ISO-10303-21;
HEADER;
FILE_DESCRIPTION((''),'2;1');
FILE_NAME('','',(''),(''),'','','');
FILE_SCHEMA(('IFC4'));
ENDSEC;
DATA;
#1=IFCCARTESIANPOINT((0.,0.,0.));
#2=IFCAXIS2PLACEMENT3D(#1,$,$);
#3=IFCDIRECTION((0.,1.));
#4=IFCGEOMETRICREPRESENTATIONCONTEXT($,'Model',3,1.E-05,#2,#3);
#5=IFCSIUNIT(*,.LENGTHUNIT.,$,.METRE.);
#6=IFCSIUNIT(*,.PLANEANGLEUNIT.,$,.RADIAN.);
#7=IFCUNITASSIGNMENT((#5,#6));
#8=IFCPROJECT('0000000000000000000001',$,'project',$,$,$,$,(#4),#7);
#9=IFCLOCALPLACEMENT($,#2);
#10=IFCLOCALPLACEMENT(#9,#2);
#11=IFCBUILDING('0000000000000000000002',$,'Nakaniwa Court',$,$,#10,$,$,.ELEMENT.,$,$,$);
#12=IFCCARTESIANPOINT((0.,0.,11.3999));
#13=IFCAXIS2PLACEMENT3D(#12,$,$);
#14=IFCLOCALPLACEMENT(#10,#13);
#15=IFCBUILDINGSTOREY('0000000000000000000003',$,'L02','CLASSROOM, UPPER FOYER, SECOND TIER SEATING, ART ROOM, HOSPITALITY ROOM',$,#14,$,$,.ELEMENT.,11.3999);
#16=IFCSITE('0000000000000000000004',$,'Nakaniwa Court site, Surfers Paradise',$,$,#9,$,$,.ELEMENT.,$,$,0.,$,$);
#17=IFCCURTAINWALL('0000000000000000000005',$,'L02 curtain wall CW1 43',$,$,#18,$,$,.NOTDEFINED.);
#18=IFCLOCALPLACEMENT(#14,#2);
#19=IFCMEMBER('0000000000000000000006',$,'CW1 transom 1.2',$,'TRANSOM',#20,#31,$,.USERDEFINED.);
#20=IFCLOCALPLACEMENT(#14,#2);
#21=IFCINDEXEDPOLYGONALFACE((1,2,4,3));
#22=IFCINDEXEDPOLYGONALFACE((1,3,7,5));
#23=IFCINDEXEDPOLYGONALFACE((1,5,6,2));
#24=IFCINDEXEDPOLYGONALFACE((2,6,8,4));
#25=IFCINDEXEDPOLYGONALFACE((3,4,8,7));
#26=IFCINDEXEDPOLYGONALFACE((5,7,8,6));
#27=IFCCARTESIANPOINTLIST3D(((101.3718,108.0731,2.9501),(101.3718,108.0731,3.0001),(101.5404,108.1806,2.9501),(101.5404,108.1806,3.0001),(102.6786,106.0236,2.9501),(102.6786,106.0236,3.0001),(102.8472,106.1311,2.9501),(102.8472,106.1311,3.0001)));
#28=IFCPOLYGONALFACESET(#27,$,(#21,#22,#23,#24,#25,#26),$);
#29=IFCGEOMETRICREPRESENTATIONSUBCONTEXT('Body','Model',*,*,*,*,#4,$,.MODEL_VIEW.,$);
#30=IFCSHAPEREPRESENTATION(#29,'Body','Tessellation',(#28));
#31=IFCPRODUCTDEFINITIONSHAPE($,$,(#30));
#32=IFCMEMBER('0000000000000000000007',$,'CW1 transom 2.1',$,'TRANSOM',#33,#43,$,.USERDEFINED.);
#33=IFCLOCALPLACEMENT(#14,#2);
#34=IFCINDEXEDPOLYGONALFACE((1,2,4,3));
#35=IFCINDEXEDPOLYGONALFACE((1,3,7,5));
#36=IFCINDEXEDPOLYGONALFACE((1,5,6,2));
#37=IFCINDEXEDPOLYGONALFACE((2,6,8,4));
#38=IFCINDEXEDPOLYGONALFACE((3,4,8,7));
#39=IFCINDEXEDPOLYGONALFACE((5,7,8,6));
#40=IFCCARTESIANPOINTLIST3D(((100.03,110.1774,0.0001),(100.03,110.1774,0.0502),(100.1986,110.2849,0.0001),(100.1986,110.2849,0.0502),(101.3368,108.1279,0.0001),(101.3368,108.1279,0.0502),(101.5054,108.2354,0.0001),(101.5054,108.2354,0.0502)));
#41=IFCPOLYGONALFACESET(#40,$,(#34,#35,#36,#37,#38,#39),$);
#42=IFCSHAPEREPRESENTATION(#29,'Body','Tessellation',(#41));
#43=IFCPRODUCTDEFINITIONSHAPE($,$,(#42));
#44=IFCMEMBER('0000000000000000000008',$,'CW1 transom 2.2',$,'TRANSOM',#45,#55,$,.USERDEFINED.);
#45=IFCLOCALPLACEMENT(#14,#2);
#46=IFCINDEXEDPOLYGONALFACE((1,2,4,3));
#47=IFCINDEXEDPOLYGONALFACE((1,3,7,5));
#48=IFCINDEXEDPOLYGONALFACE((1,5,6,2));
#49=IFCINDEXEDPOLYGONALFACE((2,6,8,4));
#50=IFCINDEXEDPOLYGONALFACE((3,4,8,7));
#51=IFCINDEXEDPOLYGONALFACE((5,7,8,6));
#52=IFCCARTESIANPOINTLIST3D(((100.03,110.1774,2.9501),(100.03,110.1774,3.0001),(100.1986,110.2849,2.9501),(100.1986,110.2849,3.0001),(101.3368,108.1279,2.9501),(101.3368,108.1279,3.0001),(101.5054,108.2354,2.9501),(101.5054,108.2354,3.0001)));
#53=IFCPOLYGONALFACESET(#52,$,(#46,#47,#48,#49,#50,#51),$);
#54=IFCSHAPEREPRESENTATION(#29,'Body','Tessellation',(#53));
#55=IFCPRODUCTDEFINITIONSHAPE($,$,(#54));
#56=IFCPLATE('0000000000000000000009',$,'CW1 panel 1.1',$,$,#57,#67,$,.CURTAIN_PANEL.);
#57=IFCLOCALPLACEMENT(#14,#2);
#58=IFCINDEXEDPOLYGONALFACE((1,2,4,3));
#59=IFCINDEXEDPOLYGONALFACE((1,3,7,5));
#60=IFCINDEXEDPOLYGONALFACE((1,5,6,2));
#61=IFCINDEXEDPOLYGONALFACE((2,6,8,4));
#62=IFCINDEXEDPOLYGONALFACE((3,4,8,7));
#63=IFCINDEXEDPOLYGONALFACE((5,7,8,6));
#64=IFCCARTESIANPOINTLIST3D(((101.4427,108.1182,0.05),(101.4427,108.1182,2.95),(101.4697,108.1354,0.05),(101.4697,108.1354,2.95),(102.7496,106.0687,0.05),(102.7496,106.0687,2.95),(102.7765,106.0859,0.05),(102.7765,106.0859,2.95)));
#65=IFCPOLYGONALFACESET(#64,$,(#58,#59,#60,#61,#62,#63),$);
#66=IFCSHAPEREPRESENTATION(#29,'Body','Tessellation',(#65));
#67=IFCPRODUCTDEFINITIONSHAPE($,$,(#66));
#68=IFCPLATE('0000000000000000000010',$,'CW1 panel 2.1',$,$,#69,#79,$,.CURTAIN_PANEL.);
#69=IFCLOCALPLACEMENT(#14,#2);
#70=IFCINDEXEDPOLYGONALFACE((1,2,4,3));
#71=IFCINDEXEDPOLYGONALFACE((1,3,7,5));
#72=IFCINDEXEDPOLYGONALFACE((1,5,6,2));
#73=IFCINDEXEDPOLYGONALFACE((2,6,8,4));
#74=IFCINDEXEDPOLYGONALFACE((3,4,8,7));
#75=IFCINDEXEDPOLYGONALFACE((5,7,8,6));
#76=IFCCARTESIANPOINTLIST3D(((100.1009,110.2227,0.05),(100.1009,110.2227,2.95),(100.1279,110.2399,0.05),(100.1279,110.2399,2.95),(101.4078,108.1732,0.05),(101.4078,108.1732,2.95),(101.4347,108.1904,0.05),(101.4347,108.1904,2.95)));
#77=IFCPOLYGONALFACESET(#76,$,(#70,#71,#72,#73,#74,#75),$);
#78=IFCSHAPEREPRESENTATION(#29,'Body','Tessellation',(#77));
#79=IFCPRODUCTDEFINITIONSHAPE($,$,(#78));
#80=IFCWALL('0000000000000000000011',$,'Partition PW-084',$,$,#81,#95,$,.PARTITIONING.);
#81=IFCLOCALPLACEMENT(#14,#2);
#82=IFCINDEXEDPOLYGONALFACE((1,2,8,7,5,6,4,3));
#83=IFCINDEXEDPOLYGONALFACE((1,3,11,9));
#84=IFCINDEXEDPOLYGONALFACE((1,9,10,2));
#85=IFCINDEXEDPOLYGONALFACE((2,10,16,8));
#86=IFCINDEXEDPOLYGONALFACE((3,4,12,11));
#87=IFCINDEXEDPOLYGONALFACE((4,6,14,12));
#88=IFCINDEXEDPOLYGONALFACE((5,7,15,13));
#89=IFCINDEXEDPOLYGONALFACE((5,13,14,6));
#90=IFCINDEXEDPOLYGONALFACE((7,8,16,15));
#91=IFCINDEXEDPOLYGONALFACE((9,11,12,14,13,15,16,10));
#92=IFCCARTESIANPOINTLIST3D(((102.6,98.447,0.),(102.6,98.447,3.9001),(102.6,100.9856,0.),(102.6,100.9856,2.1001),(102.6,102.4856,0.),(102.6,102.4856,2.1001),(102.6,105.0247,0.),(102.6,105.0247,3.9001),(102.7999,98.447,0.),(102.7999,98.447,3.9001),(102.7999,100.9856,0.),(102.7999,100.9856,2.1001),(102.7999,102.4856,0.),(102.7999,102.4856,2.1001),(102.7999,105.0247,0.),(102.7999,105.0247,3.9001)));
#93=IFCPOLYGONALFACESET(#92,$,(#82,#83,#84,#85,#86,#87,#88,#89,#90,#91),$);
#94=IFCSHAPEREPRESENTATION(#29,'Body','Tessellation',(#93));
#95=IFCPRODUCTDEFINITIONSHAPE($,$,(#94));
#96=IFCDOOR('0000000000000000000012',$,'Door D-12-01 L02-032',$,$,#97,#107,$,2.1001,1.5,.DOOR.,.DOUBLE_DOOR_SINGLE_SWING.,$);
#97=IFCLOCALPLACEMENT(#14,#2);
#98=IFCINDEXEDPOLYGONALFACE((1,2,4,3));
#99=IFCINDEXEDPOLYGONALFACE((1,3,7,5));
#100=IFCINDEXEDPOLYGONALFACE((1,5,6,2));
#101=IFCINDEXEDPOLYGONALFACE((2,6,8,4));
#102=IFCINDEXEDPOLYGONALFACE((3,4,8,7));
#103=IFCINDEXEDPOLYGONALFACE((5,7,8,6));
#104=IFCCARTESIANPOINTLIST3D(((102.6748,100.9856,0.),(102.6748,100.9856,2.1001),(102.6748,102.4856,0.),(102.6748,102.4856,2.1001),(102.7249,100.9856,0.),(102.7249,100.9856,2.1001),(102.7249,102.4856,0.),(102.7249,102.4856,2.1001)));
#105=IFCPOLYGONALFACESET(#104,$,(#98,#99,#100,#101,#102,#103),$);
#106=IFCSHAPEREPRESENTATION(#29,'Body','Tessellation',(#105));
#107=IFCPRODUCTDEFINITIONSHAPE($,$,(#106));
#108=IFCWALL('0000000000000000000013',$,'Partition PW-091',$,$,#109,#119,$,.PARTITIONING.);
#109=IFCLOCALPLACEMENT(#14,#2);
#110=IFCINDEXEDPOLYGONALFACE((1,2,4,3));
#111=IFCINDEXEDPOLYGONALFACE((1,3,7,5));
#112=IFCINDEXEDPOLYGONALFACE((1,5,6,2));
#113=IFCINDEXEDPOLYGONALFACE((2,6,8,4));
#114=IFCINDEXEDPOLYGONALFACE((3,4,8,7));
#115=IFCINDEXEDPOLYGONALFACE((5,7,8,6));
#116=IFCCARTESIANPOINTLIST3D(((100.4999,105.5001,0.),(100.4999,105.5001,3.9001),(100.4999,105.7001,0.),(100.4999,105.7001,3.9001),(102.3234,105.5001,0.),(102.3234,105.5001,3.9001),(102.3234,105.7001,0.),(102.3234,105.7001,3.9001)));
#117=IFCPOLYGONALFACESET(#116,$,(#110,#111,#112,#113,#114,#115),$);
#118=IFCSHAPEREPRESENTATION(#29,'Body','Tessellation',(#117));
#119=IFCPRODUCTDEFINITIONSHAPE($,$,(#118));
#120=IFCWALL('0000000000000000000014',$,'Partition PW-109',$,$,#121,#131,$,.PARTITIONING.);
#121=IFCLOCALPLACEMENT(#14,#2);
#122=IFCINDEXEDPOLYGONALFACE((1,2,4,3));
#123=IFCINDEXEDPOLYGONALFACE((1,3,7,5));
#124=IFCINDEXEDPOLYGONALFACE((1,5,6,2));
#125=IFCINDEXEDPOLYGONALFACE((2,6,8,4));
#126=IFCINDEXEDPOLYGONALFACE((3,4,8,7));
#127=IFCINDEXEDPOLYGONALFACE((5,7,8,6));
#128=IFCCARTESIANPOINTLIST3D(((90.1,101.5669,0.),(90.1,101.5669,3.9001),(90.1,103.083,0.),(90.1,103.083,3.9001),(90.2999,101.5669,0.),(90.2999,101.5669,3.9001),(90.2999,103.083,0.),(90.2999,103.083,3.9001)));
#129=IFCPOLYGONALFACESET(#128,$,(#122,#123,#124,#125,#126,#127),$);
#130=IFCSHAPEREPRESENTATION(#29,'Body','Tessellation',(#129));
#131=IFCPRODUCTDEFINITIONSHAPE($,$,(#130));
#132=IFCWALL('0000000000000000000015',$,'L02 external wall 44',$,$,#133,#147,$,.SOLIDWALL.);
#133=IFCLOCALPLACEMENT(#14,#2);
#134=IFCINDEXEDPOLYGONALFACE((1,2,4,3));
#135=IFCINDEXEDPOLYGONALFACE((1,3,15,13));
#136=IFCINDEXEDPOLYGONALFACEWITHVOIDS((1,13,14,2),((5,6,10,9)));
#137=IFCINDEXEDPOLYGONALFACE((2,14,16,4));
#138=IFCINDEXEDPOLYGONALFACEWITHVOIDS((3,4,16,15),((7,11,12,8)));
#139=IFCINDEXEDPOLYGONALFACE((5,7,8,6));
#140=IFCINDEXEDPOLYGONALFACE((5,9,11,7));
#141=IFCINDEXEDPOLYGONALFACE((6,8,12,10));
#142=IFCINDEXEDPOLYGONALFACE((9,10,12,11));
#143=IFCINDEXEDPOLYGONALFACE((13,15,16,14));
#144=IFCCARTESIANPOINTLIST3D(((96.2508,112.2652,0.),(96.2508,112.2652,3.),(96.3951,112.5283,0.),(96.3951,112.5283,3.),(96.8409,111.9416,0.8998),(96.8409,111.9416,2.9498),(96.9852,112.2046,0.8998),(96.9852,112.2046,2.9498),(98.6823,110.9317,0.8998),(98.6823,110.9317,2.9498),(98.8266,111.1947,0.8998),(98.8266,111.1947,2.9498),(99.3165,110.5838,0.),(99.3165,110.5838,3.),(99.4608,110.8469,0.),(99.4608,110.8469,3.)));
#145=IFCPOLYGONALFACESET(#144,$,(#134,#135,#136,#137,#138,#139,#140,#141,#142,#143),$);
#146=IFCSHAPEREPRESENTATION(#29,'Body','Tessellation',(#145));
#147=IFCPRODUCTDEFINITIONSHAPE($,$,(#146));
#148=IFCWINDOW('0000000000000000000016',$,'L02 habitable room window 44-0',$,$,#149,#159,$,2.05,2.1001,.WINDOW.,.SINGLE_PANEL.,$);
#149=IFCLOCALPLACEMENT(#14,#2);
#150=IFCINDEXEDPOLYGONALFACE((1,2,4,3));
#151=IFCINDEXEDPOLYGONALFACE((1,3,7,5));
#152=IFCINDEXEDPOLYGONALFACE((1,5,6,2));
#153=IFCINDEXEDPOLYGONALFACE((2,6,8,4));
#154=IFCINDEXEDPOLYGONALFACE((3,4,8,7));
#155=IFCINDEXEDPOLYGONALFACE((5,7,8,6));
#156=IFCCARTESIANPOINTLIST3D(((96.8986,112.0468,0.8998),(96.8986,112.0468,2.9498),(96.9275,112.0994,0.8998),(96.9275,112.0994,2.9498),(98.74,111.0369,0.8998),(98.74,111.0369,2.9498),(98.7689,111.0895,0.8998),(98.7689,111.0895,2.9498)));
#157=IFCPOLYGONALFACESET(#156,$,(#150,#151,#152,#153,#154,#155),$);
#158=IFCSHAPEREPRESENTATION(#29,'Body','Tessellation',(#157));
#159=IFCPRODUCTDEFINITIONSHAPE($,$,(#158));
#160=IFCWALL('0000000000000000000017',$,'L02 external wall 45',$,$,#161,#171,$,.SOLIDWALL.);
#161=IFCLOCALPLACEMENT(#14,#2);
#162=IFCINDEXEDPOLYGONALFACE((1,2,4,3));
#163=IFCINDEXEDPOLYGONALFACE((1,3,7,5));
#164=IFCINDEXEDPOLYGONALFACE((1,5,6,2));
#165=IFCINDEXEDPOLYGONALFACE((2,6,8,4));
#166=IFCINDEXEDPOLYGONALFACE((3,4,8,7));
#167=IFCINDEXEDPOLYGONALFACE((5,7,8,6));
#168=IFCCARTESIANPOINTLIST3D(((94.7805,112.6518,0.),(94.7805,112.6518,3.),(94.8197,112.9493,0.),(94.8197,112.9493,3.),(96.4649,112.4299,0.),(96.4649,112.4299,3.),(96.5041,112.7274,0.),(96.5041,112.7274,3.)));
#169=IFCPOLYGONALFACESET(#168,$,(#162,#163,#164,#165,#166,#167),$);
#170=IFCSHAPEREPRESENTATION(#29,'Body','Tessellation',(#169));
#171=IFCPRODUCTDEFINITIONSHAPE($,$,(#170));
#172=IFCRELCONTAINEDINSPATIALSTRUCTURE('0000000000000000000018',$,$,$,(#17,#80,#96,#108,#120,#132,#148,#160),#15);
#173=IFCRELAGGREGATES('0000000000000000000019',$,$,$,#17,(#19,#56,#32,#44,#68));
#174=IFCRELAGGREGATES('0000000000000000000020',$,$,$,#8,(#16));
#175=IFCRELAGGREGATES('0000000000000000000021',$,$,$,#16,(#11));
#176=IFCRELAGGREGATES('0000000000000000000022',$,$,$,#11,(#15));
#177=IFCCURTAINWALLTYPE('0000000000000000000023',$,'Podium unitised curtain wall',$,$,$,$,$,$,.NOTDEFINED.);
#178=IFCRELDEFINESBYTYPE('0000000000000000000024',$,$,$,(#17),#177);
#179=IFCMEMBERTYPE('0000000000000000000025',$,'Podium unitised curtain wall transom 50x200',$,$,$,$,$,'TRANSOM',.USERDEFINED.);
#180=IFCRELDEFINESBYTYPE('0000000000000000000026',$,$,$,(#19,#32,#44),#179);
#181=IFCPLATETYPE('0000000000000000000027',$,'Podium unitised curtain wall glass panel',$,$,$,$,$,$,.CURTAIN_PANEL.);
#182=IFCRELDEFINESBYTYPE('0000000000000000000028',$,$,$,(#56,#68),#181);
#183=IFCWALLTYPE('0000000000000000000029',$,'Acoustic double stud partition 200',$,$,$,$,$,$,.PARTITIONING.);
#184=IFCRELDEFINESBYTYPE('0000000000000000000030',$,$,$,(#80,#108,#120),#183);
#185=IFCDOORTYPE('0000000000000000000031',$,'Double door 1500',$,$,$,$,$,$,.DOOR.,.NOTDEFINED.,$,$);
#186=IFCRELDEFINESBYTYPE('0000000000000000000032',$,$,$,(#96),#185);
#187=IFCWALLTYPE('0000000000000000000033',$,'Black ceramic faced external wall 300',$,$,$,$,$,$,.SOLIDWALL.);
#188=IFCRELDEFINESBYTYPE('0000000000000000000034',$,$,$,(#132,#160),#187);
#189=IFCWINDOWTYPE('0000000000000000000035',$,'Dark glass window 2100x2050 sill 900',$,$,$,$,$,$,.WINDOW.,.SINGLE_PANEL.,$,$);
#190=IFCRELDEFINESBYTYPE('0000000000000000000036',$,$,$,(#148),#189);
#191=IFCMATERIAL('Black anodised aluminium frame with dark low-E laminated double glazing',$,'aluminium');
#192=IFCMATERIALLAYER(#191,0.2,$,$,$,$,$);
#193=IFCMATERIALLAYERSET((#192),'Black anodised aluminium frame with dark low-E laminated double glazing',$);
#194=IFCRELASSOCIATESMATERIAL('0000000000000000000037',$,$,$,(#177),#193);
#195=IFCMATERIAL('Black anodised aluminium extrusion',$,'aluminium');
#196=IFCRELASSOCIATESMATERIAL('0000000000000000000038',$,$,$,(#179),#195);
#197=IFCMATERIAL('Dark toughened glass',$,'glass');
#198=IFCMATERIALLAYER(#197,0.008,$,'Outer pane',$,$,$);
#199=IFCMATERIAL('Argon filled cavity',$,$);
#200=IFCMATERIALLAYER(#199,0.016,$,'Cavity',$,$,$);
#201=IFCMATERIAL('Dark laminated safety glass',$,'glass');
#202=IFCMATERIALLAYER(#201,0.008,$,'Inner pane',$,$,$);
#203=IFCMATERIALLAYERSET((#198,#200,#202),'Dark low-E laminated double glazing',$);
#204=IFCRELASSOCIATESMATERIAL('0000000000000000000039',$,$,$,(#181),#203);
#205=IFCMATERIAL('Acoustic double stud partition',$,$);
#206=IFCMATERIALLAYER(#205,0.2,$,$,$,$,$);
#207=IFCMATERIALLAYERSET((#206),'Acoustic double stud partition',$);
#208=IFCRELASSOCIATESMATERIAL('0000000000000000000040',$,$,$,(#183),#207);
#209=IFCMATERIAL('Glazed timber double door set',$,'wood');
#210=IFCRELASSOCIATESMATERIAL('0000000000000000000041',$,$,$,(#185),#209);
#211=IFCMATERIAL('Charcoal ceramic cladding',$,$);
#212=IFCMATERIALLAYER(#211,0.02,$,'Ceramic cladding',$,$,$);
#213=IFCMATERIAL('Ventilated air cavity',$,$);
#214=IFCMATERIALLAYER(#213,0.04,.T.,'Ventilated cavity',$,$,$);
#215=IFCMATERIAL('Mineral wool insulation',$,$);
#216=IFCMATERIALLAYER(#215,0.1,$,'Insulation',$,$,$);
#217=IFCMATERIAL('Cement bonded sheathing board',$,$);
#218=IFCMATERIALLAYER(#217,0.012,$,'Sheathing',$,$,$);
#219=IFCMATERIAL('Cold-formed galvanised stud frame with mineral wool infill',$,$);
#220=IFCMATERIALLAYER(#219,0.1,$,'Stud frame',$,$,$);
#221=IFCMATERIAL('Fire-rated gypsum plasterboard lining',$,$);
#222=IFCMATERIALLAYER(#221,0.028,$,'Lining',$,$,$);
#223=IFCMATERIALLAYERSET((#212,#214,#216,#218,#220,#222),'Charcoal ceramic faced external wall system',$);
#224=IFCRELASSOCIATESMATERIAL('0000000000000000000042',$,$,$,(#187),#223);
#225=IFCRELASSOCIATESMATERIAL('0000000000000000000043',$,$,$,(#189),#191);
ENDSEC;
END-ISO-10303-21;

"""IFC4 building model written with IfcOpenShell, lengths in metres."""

from ifc_helpers import new_model, si_unit, direction, frame, frame_2d, origin, origin_2d, place, context, subcontext, project, spatial, rectangle, extrude, material, layer, layer_set, material_profile, profile_set, type_object, element, fill, aggregate, save


model = new_model("IFC4")

# Units and contexts
model_context = context("Model", 3, precision=1e-05, world=origin(), true_north=direction((0.0, 1.0)))
body_context = subcontext(model_context, "Body", "Model", "MODEL_VIEW")
ifc_project = project(units=[si_unit("LENGTHUNIT", "METRE"), si_unit("PLANEANGLEUNIT", "RADIAN")], contexts=[model_context])

# Site, building, storey
site_placement = place(None, origin())
site = spatial("IfcSite", under=ifc_project, at=site_placement, Name="Nakaniwa Court site, Surfers Paradise", CompositionType="ELEMENT", RefElevation=0.0)
building_placement = place(site_placement, origin())
building = spatial("IfcBuilding", under=site, at=building_placement, Name="Nakaniwa Court", CompositionType="ELEMENT")
storey_placement = place(building_placement, frame((0.0, 0.0, 11.3999)))
storey = spatial("IfcBuildingStorey", under=building, at=storey_placement, Name="L02", Description="CLASSROOM, UPPER FOYER, SECOND TIER SEATING, ART ROOM, HOSPITALITY ROOM", CompositionType="ELEMENT", Elevation=11.3999)

# Curtain wall, members, plates
ifc_material_1 = material(Name="Black anodised aluminium frame with dark low-E laminated double glazing", Category="aluminium")
ifc_layer_1 = layer(ifc_material_1, 0.2)
ifc_layer_set_1 = layer_set([ifc_layer_1], Name="Black anodised aluminium frame with dark low-E laminated double glazing")
curtain_wall_type = type_object("IfcCurtainWallType", Name="Podium unitised curtain wall", PredefinedType="NOTDEFINED", material=ifc_layer_set_1)
curtain_wall_placement = place(storey_placement, origin())
curtain_wall = element("IfcCurtainWall", 1, at=curtain_wall_placement, inside=storey, type_object=curtain_wall_type, Name="L02 curtain wall CW1 43", PredefinedType="NOTDEFINED")
ifc_material_2 = material(Name="Black anodised aluminium extrusion", Category="aluminium")
ifc_material_profile_1 = material_profile(ifc_material_2, rectangle(XDim=0.2, YDim=0.05, at=origin_2d()), Name="Podium unitised curtain wall transom 50x200")
ifc_profile_set_1 = profile_set([ifc_material_profile_1], Name="Black anodised aluminium extrusion")
member_type_1 = type_object("IfcMemberType", Name="Podium unitised curtain wall transom 50x200", ElementType="TRANSOM", PredefinedType="USERDEFINED", material=ifc_profile_set_1)
member_1_placement = place(storey_placement, frame((102.7629, 106.0774, 2.9751), z_axis=(-0.537642, 0.843173, 0.0), x_axis=(-0.843173, -0.537642, 0.0)))
member_1 = element("IfcMember", 2, at=member_1_placement, type_object=member_type_1, Name="CW1 transom 1.2", ObjectType="TRANSOM", PredefinedType="USERDEFINED", context=body_context, shape_type="SweptSolid", body=[
    extrude(rectangle(XDim=0.2, YDim=0.05, at=origin_2d()), origin(), (0.0, 0.0, 1.0), 2.4307),
])
member_2_placement = place(storey_placement, frame((101.4211, 108.1816, 0.0251), z_axis=(-0.537642, 0.843173, 0.0), x_axis=(-0.843173, -0.537642, 0.0)))
member_2 = element("IfcMember", 3, at=member_2_placement, type_object=member_type_1, Name="CW1 transom 2.1", ObjectType="TRANSOM", PredefinedType="USERDEFINED", context=body_context, shape_type="SweptSolid", body=[
    extrude(rectangle(XDim=0.2, YDim=0.05, at=origin_2d()), origin(), (0.0, 0.0, 1.0), 2.4307),
])
member_3_placement = place(storey_placement, frame((101.4211, 108.1816, 2.9751), z_axis=(-0.537642, 0.843173, 0.0), x_axis=(-0.843173, -0.537642, 0.0)))
member_3 = element("IfcMember", 4, at=member_3_placement, type_object=member_type_1, Name="CW1 transom 2.2", ObjectType="TRANSOM", PredefinedType="USERDEFINED", context=body_context, shape_type="SweptSolid", body=[
    extrude(rectangle(XDim=0.2, YDim=0.05, at=origin_2d()), origin(), (0.0, 0.0, 1.0), 2.4307),
])
ifc_material_3 = material(Name="Dark toughened glass", Category="glass")
ifc_layer_2 = layer(ifc_material_3, 0.008, Name="Outer pane")
ifc_material_4 = material(Name="Argon filled cavity")
ifc_layer_3 = layer(ifc_material_4, 0.016, Name="Cavity")
ifc_material_5 = material(Name="Dark laminated safety glass", Category="glass")
ifc_layer_4 = layer(ifc_material_5, 0.008, Name="Inner pane")
ifc_layer_set_2 = layer_set([ifc_layer_2, ifc_layer_3, ifc_layer_4], Name="Dark low-E laminated double glazing")
plate_type = type_object("IfcPlateType", Name="Podium unitised curtain wall glass panel", PredefinedType="CURTAIN_PANEL", material=ifc_layer_set_2)
plate_1_placement = place(storey_placement, frame((102.1096, 107.1021, 0.05), z_axis=(0.0, 0.0, 1.0), x_axis=(-0.537644, 0.843172, 0.0)))
plate_1 = element("IfcPlate", 5, at=plate_1_placement, type_object=plate_type, Name="CW1 panel 1.1", PredefinedType="CURTAIN_PANEL", context=body_context, shape_type="SweptSolid", body=[
    extrude(rectangle(XDim=2.4307, YDim=0.032, at=origin_2d()), origin(), (0.0, 0.0, 1.0), 2.8999),
])
plate_2_placement = place(storey_placement, frame((100.7678, 109.2065, 0.05), z_axis=(0.0, 0.0, 1.0), x_axis=(-0.537644, 0.843172, 0.0)))
plate_2 = element("IfcPlate", 6, at=plate_2_placement, type_object=plate_type, Name="CW1 panel 2.1", PredefinedType="CURTAIN_PANEL", context=body_context, shape_type="SweptSolid", body=[
    extrude(rectangle(XDim=2.4307, YDim=0.032, at=origin_2d()), origin(), (0.0, 0.0, 1.0), 2.8999),
])
aggregate(curtain_wall, [member_1, plate_1, member_2, member_3, plate_2])

# Wall, opening, door
ifc_material_6 = material(Name="Acoustic double stud partition")
ifc_layer_5 = layer(ifc_material_6, 0.2)
ifc_layer_set_3 = layer_set([ifc_layer_5], Name="Acoustic double stud partition")
wall_type_1 = type_object("IfcWallType", Name="Acoustic double stud partition 200", PredefinedType="PARTITIONING", material=ifc_layer_set_3)
wall_1_placement = place(storey_placement, frame((102.7, 105.0247, 0.0), z_axis=(0.0, 0.0, 1.0), x_axis=(0.0, -1.0, 0.0)))
wall_1 = element("IfcWall", 7, at=wall_1_placement, inside=storey, type_object=wall_type_1, Name="Partition PW-084", PredefinedType="PARTITIONING", context=body_context, shape_type="SweptSolid", body=[
    extrude(rectangle(XDim=6.5776, YDim=0.2, at=frame_2d((3.2888, 0.0))), origin(), (0.0, 0.0, 1.0), 3.9001),
])
opening_1_placement = place(wall_1_placement, frame((2.5391, 0.0, 0.0)))
opening_1 = element("IfcOpeningElement", 8, at=opening_1_placement, cuts=wall_1, PredefinedType="OPENING", context=body_context, shape_type="SweptSolid", body=[
    extrude(rectangle(XDim=1.5, YDim=2.1001, at=frame_2d((0.75, 1.05))), frame((0.0, 0.1099, 0.0), z_axis=(0.0, -1.0, 0.0), x_axis=(1.0, 0.0, 0.0)), (0.0, 0.0, 1.0), 0.22),
])
ifc_material_7 = material(Name="Glazed timber double door set", Category="wood")
door_type = type_object("IfcDoorType", Name="Double door 1500", OperationType="NOTDEFINED", PredefinedType="DOOR", material=ifc_material_7)
door_placement = place(opening_1_placement, origin())
door = element("IfcDoor", 9, at=door_placement, inside=storey, type_object=door_type, Name="Door D-12-01 L02-032", OperationType="DOUBLE_DOOR_SINGLE_SWING", OverallHeight=2.1001, OverallWidth=1.5, PredefinedType="DOOR", context=body_context, shape_type="SweptSolid", body=[
    extrude(rectangle(XDim=1.5, YDim=2.1001, at=frame_2d((0.75, 1.05))), frame((0.0, 0.0249, 0.0), z_axis=(0.0, -1.0, 0.0), x_axis=(1.0, 0.0, 0.0)), (0.0, 0.0, 1.0), 0.05),
])
fill(opening_1, door)

# Walls
wall_2_placement = place(storey_placement, frame((100.5, 105.6001, 0.0), z_axis=(0.0, 0.0, 1.0), x_axis=(1.0, 0.0, 0.0)))
element("IfcWall", 10, at=wall_2_placement, inside=storey, type_object=wall_type_1, Name="Partition PW-091", PredefinedType="PARTITIONING", context=body_context, shape_type="SweptSolid", body=[
    extrude(rectangle(XDim=1.8235, YDim=0.2, at=frame_2d((0.9116, 0.0))), origin(), (0.0, 0.0, 1.0), 3.9001),
])
wall_3_placement = place(storey_placement, frame((90.2, 101.5669, 0.0), z_axis=(0.0, 0.0, 1.0), x_axis=(0.0, 1.0, 0.0)))
element("IfcWall", 11, at=wall_3_placement, inside=storey, type_object=wall_type_1, Name="Partition PW-109", PredefinedType="PARTITIONING", context=body_context, shape_type="SweptSolid", body=[
    extrude(rectangle(XDim=1.5161, YDim=0.2, at=frame_2d((0.7581, 0.0))), origin(), (0.0, 0.0, 1.0), 3.9001),
])

# Wall, opening, window
ifc_material_8 = material(Name="Charcoal ceramic cladding")
ifc_layer_6 = layer(ifc_material_8, 0.02, Name="Ceramic cladding")
ifc_material_9 = material(Name="Ventilated air cavity")
ifc_layer_7 = layer(ifc_material_9, 0.04, ventilated=True, Name="Ventilated cavity")
ifc_material_10 = material(Name="Mineral wool insulation")
ifc_layer_8 = layer(ifc_material_10, 0.1, Name="Insulation")
ifc_material_11 = material(Name="Cement bonded sheathing board")
ifc_layer_9 = layer(ifc_material_11, 0.012, Name="Sheathing")
ifc_material_12 = material(Name="Cold-formed galvanised stud frame with mineral wool infill")
ifc_layer_10 = layer(ifc_material_12, 0.1, Name="Stud frame")
ifc_material_13 = material(Name="Fire-rated gypsum plasterboard lining")
ifc_layer_11 = layer(ifc_material_13, 0.028, Name="Lining")
ifc_layer_set_4 = layer_set([ifc_layer_6, ifc_layer_7, ifc_layer_8, ifc_layer_9, ifc_layer_10, ifc_layer_11], Name="Charcoal ceramic faced external wall system")
wall_type_2 = type_object("IfcWallType", Name="Black ceramic faced external wall 300", PredefinedType="SOLIDWALL", material=ifc_layer_set_4)
wall_4_placement = place(storey_placement, frame((99.3887, 110.7153, 0.0), z_axis=(0.0, 0.0, 1.0), x_axis=(-0.876786, 0.480881, 0.0)))
wall_4 = element("IfcWall", 12, at=wall_4_placement, inside=storey, type_object=wall_type_2, Name="L02 external wall 44", PredefinedType="SOLIDWALL", context=body_context, shape_type="SweptSolid", body=[
    extrude(rectangle(XDim=3.4966, YDim=0.3, at=frame_2d((1.7483, 0.0))), origin(), (0.0, 0.0, 1.0), 3.0),
])
opening_2_placement = place(wall_4_placement, frame((0.7234, 0.0, 0.8999)))
opening_2 = element("IfcOpeningElement", 13, at=opening_2_placement, cuts=wall_4, PredefinedType="OPENING", context=body_context, shape_type="SweptSolid", body=[
    extrude(rectangle(XDim=2.1001, YDim=2.05, at=frame_2d((1.05, 1.0249))), frame((0.0, 0.1599, 0.0), z_axis=(0.0, -1.0, 0.0), x_axis=(1.0, 0.0, 0.0)), (0.0, 0.0, 1.0), 0.3201),
])
window_type = type_object("IfcWindowType", Name="Dark glass window 2100x2050 sill 900", PartitioningType="SINGLE_PANEL", PredefinedType="WINDOW", material=ifc_material_1)
window_1_placement = place(opening_2_placement, origin())
window_1 = element("IfcWindow", 14, at=window_1_placement, inside=storey, type_object=window_type, Name="L02 habitable room window 44-0", OverallHeight=2.05, OverallWidth=2.1001, PartitioningType="SINGLE_PANEL", PredefinedType="WINDOW", context=body_context, shape_type="SweptSolid", body=[
    extrude(rectangle(XDim=2.1001, YDim=2.05, at=frame_2d((1.05, 1.0249))), frame((0.0, 0.03, 0.0), z_axis=(0.0, -1.0, 0.0), x_axis=(1.0, 0.0, 0.0)), (0.0, 0.0, 1.0), 0.0601),
])
fill(opening_2, window_1)

# Wall
wall_5_placement = place(storey_placement, frame((96.4846, 112.5786, 0.0), z_axis=(0.0, 0.0, 1.0), x_axis=(-0.991431, 0.130629, 0.0)))
element("IfcWall", 15, at=wall_5_placement, inside=storey, type_object=wall_type_2, Name="L02 external wall 45", PredefinedType="SOLIDWALL", context=body_context, shape_type="SweptSolid", body=[
    extrude(rectangle(XDim=1.699, YDim=0.3, at=frame_2d((0.8496, 0.0))), origin(), (0.0, 0.0, 1.0), 3.0),
])

save(model, "model.ifc")
